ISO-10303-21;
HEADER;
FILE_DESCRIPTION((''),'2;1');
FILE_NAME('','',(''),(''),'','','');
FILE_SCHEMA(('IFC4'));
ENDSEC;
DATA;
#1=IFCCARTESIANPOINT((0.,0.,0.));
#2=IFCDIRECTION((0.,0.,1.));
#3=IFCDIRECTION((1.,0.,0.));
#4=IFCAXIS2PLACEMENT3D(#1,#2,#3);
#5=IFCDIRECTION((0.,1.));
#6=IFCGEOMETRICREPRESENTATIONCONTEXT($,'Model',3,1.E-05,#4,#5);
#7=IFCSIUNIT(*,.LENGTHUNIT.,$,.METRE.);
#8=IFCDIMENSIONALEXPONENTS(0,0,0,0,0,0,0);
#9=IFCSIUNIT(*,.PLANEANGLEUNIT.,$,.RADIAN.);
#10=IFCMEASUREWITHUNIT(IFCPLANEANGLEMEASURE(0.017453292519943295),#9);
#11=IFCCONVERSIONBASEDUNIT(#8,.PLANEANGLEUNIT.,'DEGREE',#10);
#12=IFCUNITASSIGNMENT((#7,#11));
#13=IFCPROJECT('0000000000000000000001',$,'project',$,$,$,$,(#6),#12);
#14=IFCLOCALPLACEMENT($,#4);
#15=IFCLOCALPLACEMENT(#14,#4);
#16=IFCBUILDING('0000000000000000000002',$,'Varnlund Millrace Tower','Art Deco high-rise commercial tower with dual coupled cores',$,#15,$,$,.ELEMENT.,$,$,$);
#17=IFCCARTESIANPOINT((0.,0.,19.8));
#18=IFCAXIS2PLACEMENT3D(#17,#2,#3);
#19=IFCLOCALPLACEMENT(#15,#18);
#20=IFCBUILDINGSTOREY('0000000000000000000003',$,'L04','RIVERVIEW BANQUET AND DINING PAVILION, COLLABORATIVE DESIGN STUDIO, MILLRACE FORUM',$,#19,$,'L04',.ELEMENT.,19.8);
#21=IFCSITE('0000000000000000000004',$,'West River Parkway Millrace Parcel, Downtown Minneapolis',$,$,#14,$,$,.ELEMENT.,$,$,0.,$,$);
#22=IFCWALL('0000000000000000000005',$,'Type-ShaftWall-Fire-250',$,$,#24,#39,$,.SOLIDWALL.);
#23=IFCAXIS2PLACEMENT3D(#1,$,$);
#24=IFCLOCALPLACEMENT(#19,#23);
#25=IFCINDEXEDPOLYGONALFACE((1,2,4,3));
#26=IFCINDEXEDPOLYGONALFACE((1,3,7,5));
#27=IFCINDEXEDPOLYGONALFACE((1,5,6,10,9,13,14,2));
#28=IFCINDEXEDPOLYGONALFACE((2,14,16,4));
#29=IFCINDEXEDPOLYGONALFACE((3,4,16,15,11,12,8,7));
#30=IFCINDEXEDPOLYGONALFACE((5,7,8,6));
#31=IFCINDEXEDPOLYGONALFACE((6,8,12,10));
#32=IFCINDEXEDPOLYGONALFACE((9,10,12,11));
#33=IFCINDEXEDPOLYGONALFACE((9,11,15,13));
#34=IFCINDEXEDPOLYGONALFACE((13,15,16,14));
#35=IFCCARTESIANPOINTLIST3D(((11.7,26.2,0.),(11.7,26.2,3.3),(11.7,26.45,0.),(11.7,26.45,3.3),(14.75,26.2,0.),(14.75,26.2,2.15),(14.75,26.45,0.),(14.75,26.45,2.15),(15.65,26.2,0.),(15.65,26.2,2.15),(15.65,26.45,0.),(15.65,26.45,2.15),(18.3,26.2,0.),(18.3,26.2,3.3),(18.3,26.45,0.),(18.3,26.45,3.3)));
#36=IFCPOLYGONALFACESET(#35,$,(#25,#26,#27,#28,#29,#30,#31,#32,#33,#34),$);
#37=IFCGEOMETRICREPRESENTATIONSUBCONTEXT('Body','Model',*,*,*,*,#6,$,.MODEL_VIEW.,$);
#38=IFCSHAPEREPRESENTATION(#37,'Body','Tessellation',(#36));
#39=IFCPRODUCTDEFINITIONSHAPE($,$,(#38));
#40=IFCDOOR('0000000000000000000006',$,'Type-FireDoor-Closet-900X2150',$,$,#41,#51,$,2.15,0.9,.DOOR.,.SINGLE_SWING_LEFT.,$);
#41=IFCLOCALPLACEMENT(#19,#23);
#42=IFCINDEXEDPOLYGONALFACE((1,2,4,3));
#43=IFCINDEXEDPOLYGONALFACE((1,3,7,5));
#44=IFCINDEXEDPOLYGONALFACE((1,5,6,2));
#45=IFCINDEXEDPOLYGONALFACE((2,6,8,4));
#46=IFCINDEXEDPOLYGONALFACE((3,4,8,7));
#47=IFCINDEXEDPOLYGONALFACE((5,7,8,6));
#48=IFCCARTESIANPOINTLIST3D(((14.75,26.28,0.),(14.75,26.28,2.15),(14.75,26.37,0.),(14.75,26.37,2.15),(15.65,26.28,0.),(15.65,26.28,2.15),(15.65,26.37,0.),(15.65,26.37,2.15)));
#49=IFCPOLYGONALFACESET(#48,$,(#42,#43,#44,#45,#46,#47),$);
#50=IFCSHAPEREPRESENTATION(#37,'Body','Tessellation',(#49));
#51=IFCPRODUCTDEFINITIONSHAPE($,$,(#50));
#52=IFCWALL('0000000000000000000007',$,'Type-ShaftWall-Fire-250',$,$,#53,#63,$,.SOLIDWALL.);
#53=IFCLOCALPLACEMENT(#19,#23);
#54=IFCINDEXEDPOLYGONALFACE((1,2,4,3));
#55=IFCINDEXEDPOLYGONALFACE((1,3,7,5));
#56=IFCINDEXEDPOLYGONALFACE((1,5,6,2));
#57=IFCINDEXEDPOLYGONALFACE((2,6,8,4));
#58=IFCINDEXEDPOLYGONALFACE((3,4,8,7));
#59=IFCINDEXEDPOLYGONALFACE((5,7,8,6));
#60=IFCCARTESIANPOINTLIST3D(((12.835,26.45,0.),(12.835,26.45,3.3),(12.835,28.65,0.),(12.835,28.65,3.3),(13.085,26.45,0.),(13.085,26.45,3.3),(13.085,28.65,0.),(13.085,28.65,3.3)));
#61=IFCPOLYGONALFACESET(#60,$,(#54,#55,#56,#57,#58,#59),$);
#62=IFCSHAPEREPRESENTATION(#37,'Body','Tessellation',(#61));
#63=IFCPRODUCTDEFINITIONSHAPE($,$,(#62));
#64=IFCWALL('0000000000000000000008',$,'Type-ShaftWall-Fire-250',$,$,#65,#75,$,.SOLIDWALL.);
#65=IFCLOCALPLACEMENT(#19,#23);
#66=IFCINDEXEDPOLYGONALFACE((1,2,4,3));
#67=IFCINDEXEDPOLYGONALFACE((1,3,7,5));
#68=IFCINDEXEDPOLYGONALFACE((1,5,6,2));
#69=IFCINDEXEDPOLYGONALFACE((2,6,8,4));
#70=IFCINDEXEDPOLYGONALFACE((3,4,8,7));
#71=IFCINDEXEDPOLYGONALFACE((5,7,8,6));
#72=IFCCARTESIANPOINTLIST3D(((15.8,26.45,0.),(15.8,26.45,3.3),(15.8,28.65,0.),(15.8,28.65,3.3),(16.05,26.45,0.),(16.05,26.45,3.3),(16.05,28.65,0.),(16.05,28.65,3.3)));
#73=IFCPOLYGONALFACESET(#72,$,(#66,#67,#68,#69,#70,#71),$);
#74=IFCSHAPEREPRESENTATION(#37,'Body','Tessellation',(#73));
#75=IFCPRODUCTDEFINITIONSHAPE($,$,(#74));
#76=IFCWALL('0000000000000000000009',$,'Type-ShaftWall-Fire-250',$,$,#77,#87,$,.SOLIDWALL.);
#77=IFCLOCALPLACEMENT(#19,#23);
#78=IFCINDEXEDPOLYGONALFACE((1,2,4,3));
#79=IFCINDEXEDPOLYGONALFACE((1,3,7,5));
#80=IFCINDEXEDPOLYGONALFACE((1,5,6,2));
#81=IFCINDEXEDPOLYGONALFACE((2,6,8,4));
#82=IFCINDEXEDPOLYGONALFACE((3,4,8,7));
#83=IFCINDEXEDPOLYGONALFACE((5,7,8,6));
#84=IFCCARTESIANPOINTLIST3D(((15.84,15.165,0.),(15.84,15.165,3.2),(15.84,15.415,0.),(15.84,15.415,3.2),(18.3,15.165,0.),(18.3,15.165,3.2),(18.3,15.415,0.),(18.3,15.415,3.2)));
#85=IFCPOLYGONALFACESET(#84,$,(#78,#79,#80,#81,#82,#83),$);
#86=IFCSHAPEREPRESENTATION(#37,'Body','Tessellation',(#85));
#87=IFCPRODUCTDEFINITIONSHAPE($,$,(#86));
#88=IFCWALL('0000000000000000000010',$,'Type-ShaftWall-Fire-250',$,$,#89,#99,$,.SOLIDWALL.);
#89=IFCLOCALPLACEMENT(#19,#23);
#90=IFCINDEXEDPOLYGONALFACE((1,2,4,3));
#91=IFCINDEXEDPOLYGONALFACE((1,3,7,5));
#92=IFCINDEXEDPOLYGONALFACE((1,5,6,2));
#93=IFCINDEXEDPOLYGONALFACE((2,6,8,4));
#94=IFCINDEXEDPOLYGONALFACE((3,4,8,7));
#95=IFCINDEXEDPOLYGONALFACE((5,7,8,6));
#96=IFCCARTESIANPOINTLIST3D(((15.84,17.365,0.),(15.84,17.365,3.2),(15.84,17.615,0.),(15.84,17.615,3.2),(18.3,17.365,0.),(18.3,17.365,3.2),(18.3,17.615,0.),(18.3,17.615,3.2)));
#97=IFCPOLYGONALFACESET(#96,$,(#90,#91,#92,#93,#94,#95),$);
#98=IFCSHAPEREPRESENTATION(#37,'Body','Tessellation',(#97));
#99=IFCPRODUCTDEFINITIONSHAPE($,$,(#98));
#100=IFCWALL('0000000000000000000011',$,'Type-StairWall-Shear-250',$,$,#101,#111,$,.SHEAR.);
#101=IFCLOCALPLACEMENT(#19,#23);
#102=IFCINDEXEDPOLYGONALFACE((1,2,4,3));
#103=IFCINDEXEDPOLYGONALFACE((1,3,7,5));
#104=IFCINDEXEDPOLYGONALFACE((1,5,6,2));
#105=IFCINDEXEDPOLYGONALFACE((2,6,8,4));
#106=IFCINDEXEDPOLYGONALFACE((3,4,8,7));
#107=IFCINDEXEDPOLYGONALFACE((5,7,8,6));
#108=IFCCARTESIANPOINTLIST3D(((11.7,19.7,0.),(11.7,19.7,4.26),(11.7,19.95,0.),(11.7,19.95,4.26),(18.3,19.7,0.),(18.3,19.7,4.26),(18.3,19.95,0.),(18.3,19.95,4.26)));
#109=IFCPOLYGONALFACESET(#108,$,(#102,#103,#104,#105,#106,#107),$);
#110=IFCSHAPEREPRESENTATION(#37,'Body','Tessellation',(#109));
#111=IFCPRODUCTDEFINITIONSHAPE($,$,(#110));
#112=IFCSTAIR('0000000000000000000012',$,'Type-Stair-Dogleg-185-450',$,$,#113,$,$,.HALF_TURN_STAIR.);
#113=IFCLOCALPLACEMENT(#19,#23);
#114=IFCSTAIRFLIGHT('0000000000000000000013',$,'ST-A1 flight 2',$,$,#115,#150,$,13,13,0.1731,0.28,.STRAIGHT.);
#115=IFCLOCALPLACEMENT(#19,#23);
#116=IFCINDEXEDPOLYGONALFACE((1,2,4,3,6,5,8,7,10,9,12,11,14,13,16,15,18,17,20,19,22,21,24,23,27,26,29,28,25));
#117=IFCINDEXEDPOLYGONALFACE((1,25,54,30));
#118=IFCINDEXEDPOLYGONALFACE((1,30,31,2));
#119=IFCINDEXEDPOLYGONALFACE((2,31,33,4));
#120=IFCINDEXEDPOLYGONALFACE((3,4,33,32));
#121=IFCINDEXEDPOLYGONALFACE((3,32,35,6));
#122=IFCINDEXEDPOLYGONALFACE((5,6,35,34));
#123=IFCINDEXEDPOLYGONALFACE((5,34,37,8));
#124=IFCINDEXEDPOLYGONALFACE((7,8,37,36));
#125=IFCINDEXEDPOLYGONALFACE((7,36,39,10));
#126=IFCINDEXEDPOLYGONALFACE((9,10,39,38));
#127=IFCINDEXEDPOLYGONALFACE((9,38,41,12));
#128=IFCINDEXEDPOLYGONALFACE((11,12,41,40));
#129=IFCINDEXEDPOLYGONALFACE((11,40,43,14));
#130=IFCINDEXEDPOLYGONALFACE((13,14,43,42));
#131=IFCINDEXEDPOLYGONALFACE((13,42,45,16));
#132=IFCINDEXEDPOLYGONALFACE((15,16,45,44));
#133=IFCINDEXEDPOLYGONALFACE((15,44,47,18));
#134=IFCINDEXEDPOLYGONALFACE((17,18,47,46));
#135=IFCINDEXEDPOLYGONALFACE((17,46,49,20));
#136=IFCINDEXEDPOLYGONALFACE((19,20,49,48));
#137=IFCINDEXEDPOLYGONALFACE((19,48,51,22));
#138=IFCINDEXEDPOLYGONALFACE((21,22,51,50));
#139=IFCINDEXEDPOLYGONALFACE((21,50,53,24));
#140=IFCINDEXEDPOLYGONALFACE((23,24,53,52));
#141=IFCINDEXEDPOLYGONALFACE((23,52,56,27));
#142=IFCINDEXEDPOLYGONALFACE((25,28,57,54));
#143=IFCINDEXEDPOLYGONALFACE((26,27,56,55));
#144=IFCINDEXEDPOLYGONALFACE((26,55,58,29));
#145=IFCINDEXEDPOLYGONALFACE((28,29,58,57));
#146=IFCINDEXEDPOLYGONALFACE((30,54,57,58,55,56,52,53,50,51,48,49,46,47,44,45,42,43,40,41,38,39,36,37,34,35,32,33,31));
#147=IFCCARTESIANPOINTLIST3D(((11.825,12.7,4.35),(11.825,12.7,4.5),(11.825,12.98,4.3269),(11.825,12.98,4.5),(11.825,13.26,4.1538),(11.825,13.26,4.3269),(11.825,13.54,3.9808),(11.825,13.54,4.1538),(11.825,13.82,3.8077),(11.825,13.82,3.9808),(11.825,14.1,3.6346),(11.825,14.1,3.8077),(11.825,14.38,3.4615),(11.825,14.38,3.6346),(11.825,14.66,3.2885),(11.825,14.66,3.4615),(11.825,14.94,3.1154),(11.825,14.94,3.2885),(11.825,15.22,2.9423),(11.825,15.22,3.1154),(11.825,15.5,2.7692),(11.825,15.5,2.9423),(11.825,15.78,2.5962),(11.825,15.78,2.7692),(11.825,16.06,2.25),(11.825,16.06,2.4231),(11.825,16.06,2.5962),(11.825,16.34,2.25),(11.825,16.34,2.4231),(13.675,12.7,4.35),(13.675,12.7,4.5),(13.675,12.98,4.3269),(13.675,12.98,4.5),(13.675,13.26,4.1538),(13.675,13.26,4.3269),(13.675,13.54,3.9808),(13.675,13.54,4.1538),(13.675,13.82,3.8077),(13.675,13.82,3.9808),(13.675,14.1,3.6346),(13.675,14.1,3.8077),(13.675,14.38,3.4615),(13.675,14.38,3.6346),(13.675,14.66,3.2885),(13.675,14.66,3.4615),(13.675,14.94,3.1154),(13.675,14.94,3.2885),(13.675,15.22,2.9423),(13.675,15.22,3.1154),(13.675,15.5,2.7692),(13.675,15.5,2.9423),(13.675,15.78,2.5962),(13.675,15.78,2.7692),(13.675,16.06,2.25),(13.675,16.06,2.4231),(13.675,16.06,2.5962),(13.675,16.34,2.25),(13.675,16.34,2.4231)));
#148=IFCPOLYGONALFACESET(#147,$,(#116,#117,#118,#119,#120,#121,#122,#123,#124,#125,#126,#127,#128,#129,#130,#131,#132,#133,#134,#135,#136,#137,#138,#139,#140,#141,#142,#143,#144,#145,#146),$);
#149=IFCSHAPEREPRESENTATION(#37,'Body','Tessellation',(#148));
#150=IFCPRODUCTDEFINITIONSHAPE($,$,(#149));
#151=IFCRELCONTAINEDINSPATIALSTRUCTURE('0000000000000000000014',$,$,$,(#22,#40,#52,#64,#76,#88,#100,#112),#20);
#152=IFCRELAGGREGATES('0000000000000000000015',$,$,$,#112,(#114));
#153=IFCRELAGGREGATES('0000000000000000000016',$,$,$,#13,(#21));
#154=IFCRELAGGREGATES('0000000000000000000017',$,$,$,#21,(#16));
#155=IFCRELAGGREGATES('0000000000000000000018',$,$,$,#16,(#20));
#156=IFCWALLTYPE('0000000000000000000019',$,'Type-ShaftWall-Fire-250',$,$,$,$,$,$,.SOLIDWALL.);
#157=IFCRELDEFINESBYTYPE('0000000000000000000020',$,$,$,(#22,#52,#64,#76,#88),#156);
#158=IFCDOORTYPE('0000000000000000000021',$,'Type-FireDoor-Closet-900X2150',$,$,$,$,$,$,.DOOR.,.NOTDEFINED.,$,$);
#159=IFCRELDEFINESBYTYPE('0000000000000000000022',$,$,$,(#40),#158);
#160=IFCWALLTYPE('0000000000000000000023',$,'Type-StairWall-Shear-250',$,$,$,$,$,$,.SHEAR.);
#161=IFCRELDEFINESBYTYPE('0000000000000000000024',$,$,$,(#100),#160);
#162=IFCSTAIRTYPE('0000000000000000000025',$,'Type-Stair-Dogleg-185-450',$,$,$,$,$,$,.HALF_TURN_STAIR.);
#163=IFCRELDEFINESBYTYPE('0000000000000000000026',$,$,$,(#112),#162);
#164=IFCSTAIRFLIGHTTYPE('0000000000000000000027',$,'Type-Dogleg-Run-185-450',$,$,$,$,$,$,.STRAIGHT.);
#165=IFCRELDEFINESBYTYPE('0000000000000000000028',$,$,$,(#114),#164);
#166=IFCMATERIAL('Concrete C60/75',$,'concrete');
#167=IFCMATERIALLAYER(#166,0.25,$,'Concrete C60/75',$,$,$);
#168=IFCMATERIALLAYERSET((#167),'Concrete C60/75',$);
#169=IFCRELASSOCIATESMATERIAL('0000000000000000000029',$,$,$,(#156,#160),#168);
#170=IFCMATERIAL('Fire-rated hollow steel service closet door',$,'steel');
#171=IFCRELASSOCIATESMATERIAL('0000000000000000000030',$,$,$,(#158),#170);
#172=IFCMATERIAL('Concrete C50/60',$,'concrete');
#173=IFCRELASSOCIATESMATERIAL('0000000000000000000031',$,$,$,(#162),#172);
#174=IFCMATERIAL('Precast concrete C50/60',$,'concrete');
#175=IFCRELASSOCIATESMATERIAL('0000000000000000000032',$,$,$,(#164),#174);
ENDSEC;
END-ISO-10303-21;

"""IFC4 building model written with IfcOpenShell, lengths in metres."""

from ifc_helpers import new_model, entity, si_unit, converted_unit, direction, frame, origin_with_axes, origin_2d_with_axis, place, context, subcontext, project, spatial, polyline, rectangle, outline, extrude, material, layer, layer_set, type_object, element, fill, aggregate, save


model = new_model("IFC4")

# Units and contexts
model_context = context("Model", 3, precision=1e-05, world=origin_with_axes(), true_north=direction((0.0, 1.0)))
body_context = subcontext(model_context, "Body", "Model", "MODEL_VIEW")
ifc_project = project(units=[si_unit("LENGTHUNIT", "METRE"), converted_unit("PLANEANGLEUNIT", "DEGREE", entity("IfcPlaneAngleMeasure", 0.017453292519943295), si_unit("PLANEANGLEUNIT", "RADIAN"), dimensions=[0, 0, 0, 0, 0, 0, 0])], contexts=[model_context])

# Site, building, storey
site_placement = place(None, origin_with_axes())
site = spatial("IfcSite", under=ifc_project, at=site_placement, Name="West River Parkway Millrace Parcel, Downtown Minneapolis", CompositionType="ELEMENT", RefElevation=0.0)
building_placement = place(site_placement, origin_with_axes())
building = spatial("IfcBuilding", under=site, at=building_placement, Name="Varnlund Millrace Tower", Description="Art Deco high-rise commercial tower with dual coupled cores", CompositionType="ELEMENT")
storey_placement = place(building_placement, frame((0.0, 0.0, 19.8), z_axis=(0.0, 0.0, 1.0), x_axis=(1.0, 0.0, 0.0)))
storey = spatial("IfcBuildingStorey", under=building, at=storey_placement, Name="L04", Description="RIVERVIEW BANQUET AND DINING PAVILION, COLLABORATIVE DESIGN STUDIO, MILLRACE FORUM", LongName="L04", CompositionType="ELEMENT", Elevation=19.8)

# Shared definitions
ifc_material_1 = material(Name="Concrete C60/75", Category="concrete")
ifc_layer_1 = layer(ifc_material_1, 0.25, Name="Concrete C60/75")
ifc_layer_set_1 = layer_set([ifc_layer_1], Name="Concrete C60/75")
wall_type_1 = type_object("IfcWallType", Name="Type-ShaftWall-Fire-250", PredefinedType="SOLIDWALL", material=ifc_layer_set_1)

# Wall, opening, door
ifc_material_2 = material(Name="Fire-rated hollow steel service closet door", Category="steel")
door_type_1 = type_object("IfcDoorType", Name="Type-FireDoor-Closet-900X2150", OperationType="NOTDEFINED", PredefinedType="DOOR", material=ifc_material_2)
wall_1_placement = place(storey_placement, frame((11.7, 26.325, 0.0), z_axis=(0.0, 0.0, 1.0), x_axis=(1.0, 0.0, 0.0)))
wall_1 = element("IfcWall", 1, at=wall_1_placement, inside=storey, type_object=wall_type_1, Name="Type-ShaftWall-Fire-250", PredefinedType="SOLIDWALL", context=body_context, shape_type="SweptSolid", body=[
    extrude(outline(polyline([(0.0, -0.125), (6.6, -0.125), (6.6, 0.125), (0.0, 0.125), (0.0, -0.125)])), origin_with_axes(), (0.0, 0.0, 1.0), 3.3),
])
opening_1_placement = place(wall_1_placement, frame((3.5, 0.0, 0.0), z_axis=(0.0, 0.0, 1.0), x_axis=(1.0, 0.0, 0.0)))
opening_1 = element("IfcOpeningElement", 2, at=opening_1_placement, cuts=wall_1, PredefinedType="OPENING", context=body_context, shape_type="SweptSolid", body=[
    extrude(rectangle(XDim=0.9, YDim=0.27, at=origin_2d_with_axis()), origin_with_axes(), (0.0, 0.0, 1.0), 2.15),
])
door_1_placement = place(wall_1_placement, frame((3.5, 0.0, 0.0), z_axis=(0.0, 0.0, 1.0), x_axis=(1.0, 0.0, 0.0)))
door_1 = element("IfcDoor", 3, at=door_1_placement, inside=storey, type_object=door_type_1, Name="Type-FireDoor-Closet-900X2150", OperationType="SINGLE_SWING_LEFT", OverallHeight=2.15, OverallWidth=0.9, PredefinedType="DOOR", context=body_context, shape_type="SweptSolid", body=[
    extrude(rectangle(XDim=0.9, YDim=0.09, at=origin_2d_with_axis()), origin_with_axes(), (0.0, 0.0, 1.0), 2.15),
])
fill(opening_1, door_1)

# Walls
for number, where, z_axis, x_axis, name in (
    (4, (12.96, 26.45, 0.0), (0.0, 0.0, 1.0), (0.0, 1.0, 0.0), "Type-ShaftWall-Fire-250"),
    (5, (15.925, 26.45, 0.0), (0.0, 0.0, 1.0), (0.0, 1.0, 0.0), "Type-ShaftWall-Fire-250"),
):
    element("IfcWall", number, at=place(storey_placement, frame(where, z_axis=z_axis, x_axis=x_axis)), inside=storey, type_object=wall_type_1, Name=name, PredefinedType="SOLIDWALL", context=body_context, shape_type="SweptSolid", body=[
        extrude(outline(polyline([(0.0, -0.125), (2.2, -0.125), (2.2, 0.125), (0.0, 0.125), (0.0, -0.125)])), origin_with_axes(), (0.0, 0.0, 1.0), 3.3),
    ])
for number, where, z_axis, x_axis, name in (
    (6, (15.84, 15.29, 0.0), (0.0, 0.0, 1.0), (1.0, 0.0, 0.0), "Type-ShaftWall-Fire-250"),
    (7, (15.84, 17.49, 0.0), (0.0, 0.0, 1.0), (1.0, 0.0, 0.0), "Type-ShaftWall-Fire-250"),
):
    element("IfcWall", number, at=place(storey_placement, frame(where, z_axis=z_axis, x_axis=x_axis)), inside=storey, type_object=wall_type_1, Name=name, PredefinedType="SOLIDWALL", context=body_context, shape_type="SweptSolid", body=[
        extrude(outline(polyline([(0.0, -0.125), (2.46, -0.125), (2.46, 0.125), (0.0, 0.125), (0.0, -0.125)])), origin_with_axes(), (0.0, 0.0, 1.0), 3.2),
    ])
wall_type_2 = type_object("IfcWallType", Name="Type-StairWall-Shear-250", PredefinedType="SHEAR", material=ifc_layer_set_1)
wall_2_placement = place(storey_placement, frame((11.7, 19.825, 0.0), z_axis=(0.0, 0.0, 1.0), x_axis=(1.0, 0.0, 0.0)))
element("IfcWall", 8, at=wall_2_placement, inside=storey, type_object=wall_type_2, Name="Type-StairWall-Shear-250", PredefinedType="SHEAR", context=body_context, shape_type="SweptSolid", body=[
    extrude(outline(polyline([(0.0, -0.125), (6.6, -0.125), (6.6, 0.125), (0.0, 0.125), (0.0, -0.125)])), origin_with_axes(), (0.0, 0.0, 1.0), 4.26),
])

# Stair, stair flight
ifc_material_3 = material(Name="Concrete C50/60", Category="concrete")
stair_type = type_object("IfcStairType", Name="Type-Stair-Dogleg-185-450", PredefinedType="HALF_TURN_STAIR", material=ifc_material_3)
stair_placement = place(storey_placement, origin_with_axes())
stair = element("IfcStair", 9, at=stair_placement, inside=storey, type_object=stair_type, Name="Type-Stair-Dogleg-185-450", PredefinedType="HALF_TURN_STAIR")
ifc_material_4 = material(Name="Precast concrete C50/60", Category="concrete")
stair_flight_type = type_object("IfcStairFlightType", Name="Type-Dogleg-Run-185-450", PredefinedType="STRAIGHT", material=ifc_material_4)
stair_flight_placement = place(storey_placement, frame((13.675, 16.34, 2.25), z_axis=(-1.0, 0.0, 0.0), x_axis=(0.0, -1.0, 0.0)))
stair_flight = element("IfcStairFlight", 10, at=stair_flight_placement, type_object=stair_flight_type, Name="ST-A1 flight 2", NumberOfRisers=13, NumberOfTreads=13, PredefinedType="STRAIGHT", RiserHeight=0.1731, TreadLength=0.28, context=body_context, shape_type="SweptSolid", body=[
    extrude(outline(polyline([(0.0, 0.0), (0.0, 0.1731), (0.28, 0.1731), (0.28, 0.3462), (0.56, 0.3462), (0.56, 0.5192), (0.84, 0.5192), (0.84, 0.6923), (1.12, 0.6923), (1.12, 0.8654), (1.4, 0.8654), (1.4, 1.0385), (1.68, 1.0385), (1.68, 1.2115), (1.96, 1.2115), (1.96, 1.3846), (2.24, 1.3846), (2.24, 1.5577), (2.52, 1.5577), (2.52, 1.7308), (2.8, 1.7308), (2.8, 1.9038), (3.08, 1.9038), (3.08, 2.0769), (3.36, 2.0769), (3.36, 2.25), (3.64, 2.25), (3.64, 2.1), (0.28, 0.0), (0.0, 0.0)])), origin_with_axes(), (0.0, 0.0, 1.0), 1.85),
])
aggregate(stair, [stair_flight])

save(model, "model.ifc")
